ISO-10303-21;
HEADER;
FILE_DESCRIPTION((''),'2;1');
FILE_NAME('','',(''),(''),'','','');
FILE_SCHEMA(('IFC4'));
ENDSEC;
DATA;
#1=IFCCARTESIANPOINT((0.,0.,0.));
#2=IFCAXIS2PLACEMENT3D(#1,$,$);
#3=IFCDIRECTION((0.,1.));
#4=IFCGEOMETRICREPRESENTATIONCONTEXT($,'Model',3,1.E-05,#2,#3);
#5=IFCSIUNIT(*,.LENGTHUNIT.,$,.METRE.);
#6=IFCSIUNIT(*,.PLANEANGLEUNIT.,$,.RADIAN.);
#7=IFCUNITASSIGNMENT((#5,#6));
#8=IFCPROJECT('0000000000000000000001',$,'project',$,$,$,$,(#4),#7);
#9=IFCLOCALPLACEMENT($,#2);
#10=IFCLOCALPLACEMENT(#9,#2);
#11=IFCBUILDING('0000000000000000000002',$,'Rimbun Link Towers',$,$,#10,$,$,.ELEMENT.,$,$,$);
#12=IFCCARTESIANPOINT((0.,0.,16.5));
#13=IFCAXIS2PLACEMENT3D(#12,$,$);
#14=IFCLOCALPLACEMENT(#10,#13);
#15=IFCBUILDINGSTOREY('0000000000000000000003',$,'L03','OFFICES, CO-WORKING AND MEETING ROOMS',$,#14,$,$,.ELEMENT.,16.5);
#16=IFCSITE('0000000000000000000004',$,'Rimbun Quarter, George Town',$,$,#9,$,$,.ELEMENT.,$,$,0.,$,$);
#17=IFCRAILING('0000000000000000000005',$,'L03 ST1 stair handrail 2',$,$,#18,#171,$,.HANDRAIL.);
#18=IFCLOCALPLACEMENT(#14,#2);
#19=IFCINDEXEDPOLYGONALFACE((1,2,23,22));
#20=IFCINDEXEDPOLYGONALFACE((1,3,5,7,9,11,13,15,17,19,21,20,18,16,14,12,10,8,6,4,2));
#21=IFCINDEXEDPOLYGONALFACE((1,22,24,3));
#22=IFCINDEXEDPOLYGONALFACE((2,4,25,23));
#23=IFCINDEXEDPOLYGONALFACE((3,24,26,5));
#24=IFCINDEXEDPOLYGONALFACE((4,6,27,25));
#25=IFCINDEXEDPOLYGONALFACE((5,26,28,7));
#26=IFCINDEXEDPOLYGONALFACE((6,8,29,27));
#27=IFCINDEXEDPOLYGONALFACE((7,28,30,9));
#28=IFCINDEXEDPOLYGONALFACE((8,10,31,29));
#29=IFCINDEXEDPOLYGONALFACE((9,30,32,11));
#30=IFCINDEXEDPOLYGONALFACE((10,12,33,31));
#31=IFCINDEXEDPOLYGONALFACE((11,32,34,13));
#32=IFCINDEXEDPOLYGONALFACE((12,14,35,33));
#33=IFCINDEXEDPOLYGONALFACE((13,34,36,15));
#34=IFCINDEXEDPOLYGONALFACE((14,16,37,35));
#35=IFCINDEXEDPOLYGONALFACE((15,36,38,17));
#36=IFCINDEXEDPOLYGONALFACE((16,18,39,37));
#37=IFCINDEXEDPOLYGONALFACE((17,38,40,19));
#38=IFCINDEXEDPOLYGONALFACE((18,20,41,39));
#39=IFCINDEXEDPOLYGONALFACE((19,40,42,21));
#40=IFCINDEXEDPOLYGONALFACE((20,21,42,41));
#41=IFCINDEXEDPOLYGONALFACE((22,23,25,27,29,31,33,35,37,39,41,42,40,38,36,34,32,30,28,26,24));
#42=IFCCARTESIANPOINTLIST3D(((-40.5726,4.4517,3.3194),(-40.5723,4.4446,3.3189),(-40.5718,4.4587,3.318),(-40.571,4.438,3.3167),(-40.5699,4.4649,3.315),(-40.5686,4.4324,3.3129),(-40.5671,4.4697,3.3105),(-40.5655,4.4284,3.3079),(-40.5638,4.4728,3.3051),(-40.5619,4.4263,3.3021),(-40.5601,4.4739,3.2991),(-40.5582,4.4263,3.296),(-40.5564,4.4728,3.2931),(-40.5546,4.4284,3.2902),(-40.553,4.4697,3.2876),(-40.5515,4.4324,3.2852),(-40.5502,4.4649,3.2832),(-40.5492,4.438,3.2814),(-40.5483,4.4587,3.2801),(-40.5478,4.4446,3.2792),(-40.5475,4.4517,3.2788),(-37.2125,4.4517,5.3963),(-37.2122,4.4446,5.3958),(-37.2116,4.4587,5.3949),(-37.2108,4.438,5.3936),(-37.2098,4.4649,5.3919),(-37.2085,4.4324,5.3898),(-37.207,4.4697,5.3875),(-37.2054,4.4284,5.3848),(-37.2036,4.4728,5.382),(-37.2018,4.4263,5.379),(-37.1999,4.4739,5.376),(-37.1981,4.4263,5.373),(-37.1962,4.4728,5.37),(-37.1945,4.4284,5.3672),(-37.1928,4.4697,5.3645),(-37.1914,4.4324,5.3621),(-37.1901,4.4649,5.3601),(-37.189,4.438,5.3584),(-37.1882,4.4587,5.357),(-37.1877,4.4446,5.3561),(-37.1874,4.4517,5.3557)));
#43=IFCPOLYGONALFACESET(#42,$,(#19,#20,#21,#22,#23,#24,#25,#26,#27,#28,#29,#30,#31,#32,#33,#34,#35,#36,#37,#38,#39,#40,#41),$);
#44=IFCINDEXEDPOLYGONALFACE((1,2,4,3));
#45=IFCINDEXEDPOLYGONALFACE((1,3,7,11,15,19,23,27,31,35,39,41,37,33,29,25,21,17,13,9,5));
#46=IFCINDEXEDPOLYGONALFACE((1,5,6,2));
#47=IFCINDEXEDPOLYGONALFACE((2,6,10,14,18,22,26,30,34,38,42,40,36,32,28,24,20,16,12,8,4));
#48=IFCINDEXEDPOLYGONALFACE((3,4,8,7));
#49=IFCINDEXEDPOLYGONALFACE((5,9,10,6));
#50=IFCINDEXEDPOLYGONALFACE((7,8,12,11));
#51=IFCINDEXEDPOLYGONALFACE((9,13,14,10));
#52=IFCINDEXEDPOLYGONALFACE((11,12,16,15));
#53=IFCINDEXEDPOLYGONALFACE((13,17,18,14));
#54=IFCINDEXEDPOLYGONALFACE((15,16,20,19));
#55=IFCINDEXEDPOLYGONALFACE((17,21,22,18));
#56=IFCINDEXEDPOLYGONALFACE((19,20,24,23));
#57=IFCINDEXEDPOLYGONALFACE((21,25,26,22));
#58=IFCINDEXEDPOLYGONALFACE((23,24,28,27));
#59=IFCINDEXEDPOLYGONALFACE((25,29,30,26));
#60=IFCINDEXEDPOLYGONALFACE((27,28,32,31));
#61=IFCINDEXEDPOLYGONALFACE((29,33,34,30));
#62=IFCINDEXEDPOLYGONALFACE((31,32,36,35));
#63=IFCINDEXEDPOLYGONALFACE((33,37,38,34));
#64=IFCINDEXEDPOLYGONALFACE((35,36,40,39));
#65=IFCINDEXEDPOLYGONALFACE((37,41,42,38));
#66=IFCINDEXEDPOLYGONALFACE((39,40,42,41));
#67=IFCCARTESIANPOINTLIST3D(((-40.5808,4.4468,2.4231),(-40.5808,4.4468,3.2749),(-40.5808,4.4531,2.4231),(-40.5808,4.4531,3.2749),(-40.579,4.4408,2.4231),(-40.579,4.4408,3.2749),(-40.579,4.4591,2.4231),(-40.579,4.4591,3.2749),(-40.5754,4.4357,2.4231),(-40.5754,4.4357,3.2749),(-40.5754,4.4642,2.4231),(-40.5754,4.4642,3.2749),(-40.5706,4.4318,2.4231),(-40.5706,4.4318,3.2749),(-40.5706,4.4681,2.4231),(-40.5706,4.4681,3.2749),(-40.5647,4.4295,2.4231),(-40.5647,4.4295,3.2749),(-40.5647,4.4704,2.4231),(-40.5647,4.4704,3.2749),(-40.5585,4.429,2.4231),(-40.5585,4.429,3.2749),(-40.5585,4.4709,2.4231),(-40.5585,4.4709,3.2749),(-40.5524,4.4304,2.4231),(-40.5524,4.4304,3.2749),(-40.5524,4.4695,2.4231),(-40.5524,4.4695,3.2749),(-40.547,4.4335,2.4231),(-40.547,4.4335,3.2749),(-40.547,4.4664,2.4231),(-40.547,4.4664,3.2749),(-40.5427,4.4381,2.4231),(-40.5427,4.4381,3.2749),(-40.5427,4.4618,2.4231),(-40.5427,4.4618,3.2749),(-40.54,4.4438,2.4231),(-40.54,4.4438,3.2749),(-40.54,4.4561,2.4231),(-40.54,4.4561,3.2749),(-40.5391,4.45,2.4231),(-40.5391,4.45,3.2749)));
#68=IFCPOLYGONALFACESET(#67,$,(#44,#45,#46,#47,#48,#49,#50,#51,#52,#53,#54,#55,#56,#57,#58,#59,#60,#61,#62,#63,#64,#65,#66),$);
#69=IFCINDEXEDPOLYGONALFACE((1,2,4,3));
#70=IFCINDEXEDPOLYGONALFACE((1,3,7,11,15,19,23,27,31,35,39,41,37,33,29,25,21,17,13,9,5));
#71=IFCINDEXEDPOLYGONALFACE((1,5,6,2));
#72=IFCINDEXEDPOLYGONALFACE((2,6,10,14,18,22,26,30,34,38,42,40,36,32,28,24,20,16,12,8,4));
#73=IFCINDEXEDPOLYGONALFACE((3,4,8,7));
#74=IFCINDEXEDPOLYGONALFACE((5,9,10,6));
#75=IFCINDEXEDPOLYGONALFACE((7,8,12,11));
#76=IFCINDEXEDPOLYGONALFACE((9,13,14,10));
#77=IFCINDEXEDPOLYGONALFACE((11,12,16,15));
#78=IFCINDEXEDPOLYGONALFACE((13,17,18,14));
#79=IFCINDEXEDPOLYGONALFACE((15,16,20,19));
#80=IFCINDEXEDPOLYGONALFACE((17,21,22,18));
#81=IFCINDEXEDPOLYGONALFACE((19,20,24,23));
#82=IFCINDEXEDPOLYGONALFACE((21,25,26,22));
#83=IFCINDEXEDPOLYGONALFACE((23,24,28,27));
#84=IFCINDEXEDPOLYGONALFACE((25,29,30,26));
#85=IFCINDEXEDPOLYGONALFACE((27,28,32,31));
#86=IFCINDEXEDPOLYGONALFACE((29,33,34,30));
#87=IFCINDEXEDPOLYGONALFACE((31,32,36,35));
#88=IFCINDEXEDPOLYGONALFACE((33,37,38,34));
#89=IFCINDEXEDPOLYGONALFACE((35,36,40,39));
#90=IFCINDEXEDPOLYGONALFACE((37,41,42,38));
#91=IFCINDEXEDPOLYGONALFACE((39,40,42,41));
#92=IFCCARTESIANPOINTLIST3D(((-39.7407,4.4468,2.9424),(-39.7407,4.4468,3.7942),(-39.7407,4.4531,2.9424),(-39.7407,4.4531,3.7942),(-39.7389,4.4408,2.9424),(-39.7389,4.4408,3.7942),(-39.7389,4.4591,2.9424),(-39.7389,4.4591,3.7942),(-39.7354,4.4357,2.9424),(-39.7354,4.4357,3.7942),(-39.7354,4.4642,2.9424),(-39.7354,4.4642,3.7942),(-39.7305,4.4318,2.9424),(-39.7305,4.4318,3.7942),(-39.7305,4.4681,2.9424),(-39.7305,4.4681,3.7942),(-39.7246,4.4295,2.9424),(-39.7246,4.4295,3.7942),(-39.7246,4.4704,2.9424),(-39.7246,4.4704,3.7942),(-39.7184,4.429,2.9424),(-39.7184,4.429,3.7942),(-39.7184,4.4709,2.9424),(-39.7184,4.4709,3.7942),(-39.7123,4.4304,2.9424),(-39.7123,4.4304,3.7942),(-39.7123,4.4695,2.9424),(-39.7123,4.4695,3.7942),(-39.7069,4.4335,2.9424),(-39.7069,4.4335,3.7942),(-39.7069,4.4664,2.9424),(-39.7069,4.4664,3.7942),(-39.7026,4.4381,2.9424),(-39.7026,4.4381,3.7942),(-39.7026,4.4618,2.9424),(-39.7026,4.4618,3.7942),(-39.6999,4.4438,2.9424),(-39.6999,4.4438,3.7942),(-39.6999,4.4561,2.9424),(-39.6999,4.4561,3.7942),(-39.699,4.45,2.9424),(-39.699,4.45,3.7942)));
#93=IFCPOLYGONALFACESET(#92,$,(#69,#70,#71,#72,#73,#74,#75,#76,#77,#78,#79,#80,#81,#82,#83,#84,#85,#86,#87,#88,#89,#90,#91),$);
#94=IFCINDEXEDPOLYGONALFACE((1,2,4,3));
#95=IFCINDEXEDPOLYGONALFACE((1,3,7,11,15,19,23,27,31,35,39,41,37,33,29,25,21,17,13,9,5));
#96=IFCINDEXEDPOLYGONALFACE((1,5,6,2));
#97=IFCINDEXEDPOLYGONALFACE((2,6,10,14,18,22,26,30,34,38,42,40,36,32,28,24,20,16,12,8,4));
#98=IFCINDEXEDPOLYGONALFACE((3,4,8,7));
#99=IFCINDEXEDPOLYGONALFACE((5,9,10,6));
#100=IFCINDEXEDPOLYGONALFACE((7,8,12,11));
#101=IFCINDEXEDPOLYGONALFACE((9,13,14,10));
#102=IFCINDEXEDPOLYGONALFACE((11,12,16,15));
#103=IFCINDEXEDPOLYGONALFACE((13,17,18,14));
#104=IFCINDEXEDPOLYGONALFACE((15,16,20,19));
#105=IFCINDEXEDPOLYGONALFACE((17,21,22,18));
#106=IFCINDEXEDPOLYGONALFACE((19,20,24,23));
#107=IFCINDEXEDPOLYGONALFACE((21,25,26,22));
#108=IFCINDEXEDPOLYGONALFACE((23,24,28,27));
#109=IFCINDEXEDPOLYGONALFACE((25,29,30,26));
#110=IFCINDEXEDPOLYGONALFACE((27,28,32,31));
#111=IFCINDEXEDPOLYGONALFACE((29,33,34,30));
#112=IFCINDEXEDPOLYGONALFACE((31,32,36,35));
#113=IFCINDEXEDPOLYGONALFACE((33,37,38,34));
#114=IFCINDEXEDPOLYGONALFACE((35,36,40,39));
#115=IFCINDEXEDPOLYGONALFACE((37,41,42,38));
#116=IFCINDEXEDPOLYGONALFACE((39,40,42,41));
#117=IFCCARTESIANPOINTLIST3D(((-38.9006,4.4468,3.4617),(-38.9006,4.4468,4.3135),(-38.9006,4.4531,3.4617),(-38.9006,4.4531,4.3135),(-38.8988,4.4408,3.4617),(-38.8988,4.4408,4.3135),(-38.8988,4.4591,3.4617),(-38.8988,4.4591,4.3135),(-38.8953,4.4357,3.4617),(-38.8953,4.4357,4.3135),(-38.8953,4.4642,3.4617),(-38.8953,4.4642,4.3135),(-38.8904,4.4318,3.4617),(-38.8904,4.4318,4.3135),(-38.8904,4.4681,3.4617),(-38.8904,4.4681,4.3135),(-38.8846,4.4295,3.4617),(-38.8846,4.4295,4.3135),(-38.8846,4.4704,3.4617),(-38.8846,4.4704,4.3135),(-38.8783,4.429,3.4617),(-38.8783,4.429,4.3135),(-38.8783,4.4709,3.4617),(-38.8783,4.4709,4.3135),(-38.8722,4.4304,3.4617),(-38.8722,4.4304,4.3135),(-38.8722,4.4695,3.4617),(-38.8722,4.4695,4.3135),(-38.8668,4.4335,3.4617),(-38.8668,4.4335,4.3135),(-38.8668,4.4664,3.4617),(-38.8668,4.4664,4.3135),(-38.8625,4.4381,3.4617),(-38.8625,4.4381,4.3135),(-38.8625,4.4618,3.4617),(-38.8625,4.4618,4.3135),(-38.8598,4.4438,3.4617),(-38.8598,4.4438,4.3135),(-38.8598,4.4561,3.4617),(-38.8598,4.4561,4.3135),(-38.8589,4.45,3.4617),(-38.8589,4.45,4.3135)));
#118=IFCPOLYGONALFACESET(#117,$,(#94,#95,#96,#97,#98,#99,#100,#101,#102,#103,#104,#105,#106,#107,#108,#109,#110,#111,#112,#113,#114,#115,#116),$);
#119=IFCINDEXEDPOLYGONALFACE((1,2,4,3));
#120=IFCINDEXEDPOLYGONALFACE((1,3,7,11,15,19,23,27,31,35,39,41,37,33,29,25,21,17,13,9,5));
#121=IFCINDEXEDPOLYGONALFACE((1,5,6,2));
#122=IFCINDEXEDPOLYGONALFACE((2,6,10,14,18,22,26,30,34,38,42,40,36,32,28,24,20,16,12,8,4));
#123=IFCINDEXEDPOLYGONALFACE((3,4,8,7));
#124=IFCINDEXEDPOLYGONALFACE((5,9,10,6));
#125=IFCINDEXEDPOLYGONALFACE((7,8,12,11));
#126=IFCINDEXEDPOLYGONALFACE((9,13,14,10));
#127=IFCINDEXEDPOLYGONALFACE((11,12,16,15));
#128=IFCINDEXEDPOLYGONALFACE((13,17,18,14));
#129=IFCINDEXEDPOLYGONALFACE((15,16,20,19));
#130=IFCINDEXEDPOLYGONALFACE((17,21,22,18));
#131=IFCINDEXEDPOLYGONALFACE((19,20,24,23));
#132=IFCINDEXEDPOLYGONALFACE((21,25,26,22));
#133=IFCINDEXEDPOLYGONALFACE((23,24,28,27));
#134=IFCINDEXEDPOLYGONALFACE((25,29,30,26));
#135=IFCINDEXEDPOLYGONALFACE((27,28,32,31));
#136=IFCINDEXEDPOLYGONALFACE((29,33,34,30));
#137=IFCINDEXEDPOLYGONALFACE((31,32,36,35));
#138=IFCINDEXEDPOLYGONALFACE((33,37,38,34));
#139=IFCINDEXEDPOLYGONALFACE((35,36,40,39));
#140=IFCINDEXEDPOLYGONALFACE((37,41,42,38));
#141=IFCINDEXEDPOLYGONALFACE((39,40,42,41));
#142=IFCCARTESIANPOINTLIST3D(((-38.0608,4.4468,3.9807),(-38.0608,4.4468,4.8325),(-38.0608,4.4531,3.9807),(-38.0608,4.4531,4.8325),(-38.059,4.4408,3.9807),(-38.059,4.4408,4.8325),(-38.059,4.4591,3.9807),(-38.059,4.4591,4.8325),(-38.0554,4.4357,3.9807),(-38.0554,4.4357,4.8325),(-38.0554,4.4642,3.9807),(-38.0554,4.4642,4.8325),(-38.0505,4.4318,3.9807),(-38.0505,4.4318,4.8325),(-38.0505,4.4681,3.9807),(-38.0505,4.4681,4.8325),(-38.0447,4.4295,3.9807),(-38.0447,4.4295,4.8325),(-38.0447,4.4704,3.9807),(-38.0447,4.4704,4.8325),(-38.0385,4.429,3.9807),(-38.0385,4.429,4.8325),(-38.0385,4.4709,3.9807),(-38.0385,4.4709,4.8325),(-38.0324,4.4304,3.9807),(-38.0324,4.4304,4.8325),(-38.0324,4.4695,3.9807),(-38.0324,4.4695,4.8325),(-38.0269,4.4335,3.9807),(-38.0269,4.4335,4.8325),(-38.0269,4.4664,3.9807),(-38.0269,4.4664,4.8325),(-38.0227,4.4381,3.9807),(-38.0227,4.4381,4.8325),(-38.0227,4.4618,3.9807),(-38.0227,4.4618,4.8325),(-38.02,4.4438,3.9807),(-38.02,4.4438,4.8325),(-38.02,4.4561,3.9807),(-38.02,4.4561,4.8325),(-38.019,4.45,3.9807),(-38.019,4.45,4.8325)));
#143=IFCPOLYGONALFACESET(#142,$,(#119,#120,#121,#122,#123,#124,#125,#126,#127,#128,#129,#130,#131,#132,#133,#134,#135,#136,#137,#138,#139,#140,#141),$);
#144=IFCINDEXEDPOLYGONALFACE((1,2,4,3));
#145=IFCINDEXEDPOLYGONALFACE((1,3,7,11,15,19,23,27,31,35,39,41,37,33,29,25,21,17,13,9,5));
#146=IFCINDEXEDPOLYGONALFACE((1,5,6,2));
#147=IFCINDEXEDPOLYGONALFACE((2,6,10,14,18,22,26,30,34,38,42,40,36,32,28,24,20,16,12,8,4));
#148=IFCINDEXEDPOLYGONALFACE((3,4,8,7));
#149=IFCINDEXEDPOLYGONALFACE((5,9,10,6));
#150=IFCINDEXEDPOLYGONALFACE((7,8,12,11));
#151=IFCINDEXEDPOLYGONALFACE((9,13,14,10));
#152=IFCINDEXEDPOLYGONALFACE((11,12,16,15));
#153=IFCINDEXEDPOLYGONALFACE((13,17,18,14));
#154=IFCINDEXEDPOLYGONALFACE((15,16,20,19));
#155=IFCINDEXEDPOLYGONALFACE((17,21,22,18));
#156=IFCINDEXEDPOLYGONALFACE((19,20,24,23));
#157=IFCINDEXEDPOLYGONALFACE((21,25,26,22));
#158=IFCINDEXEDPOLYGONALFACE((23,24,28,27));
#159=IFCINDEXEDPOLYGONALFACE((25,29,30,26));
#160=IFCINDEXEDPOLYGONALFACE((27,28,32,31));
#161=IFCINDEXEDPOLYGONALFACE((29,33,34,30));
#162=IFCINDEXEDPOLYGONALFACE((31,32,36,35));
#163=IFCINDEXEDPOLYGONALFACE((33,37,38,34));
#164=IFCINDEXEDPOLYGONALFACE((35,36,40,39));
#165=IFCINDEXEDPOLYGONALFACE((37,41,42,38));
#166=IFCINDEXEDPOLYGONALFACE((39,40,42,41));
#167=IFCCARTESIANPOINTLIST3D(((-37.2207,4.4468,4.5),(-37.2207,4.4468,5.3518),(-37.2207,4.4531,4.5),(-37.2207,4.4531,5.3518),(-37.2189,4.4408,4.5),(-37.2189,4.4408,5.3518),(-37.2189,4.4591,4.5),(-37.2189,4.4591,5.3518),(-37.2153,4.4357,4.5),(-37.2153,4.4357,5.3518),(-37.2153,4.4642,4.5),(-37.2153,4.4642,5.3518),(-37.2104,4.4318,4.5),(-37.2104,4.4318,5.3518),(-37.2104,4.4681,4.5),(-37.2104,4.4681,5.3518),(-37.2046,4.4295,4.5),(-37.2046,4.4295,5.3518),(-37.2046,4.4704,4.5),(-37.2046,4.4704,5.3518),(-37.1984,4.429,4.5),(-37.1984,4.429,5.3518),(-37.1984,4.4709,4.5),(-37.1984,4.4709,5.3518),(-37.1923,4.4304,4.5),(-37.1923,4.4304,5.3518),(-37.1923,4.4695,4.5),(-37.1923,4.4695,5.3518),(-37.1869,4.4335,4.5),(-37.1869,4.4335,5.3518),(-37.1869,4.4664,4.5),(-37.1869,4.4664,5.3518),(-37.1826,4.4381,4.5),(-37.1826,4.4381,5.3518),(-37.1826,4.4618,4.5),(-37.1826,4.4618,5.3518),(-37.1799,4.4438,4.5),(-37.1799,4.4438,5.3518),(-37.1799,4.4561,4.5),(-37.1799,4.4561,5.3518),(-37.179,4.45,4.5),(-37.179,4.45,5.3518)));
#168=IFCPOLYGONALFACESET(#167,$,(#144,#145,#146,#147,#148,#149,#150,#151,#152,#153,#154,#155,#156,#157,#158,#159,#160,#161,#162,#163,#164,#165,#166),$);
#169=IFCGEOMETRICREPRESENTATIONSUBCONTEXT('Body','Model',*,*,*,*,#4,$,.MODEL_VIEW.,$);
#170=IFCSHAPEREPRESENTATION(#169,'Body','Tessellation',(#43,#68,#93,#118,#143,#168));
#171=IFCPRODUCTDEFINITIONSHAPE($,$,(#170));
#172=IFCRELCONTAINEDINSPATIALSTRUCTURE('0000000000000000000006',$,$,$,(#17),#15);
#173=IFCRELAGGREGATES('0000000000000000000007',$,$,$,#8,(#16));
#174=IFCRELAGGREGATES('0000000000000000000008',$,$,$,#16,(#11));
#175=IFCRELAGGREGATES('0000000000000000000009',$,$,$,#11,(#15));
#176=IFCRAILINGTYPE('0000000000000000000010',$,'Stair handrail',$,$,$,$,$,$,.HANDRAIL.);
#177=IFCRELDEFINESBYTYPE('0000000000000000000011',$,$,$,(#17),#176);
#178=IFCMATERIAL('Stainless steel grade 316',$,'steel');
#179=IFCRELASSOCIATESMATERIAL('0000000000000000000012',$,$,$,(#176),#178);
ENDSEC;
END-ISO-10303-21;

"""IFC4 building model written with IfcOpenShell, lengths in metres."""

from ifc_helpers import new_model, si_unit, direction, frame, origin, origin_2d, place, context, subcontext, project, spatial, circle, extrude, material, type_object, element, save


model = new_model("IFC4")

# Units and contexts
model_context = context("Model", 3, precision=1e-05, world=origin(), true_north=direction((0.0, 1.0)))
body_context = subcontext(model_context, "Body", "Model", "MODEL_VIEW")
ifc_project = project(units=[si_unit("LENGTHUNIT", "METRE"), si_unit("PLANEANGLEUNIT", "RADIAN")], contexts=[model_context])

# Site, building, storey
site_placement = place(None, origin())
site = spatial("IfcSite", under=ifc_project, at=site_placement, Name="Rimbun Quarter, George Town", CompositionType="ELEMENT", RefElevation=0.0)
building_placement = place(site_placement, origin())
building = spatial("IfcBuilding", under=site, at=building_placement, Name="Rimbun Link Towers", CompositionType="ELEMENT")
storey_placement = place(building_placement, frame((0.0, 0.0, 16.5)))
storey = spatial("IfcBuildingStorey", under=building, at=storey_placement, Name="L03", Description="OFFICES, CO-WORKING AND MEETING ROOMS", CompositionType="ELEMENT", Elevation=16.5)

# Railing
ifc_material_1 = material(Name="Stainless steel grade 316", Category="steel")
railing_type_1 = type_object("IfcRailingType", Name="Stair handrail", PredefinedType="HANDRAIL", material=ifc_material_1)
railing_1_placement = place(storey_placement, frame((-40.5601, 4.45, 2.4231)))
element("IfcRailing", 1, at=railing_1_placement, inside=storey, type_object=railing_type_1, Name="L03 ST1 stair handrail 2", PredefinedType="HANDRAIL", context=body_context, shape_type="SweptSolid", body=[
    extrude(circle(Radius=0.0239, at=origin_2d()), frame((0.0, 0.0, 0.876), z_axis=(0.850623, 0.0, 0.525776), x_axis=(0.0, 1.0, 0.0)), (0.0, 0.0, 1.0), 3.9502),
    extrude(circle(Radius=0.021, at=origin_2d()), origin(), (0.0, 0.0, 1.0), 0.8518),
    extrude(circle(Radius=0.021, at=origin_2d()), frame((0.8401, 0.0, 0.5193)), (0.0, 0.0, 1.0), 0.8518),
    extrude(circle(Radius=0.021, at=origin_2d()), frame((1.6802, 0.0, 1.0386)), (0.0, 0.0, 1.0), 0.8518),
    extrude(circle(Radius=0.021, at=origin_2d()), frame((2.52, 0.0, 1.5576)), (0.0, 0.0, 1.0), 0.8518),
    extrude(circle(Radius=0.021, at=origin_2d()), frame((3.3601, 0.0, 2.0769)), (0.0, 0.0, 1.0), 0.8518),
])

save(model, "model.ifc")
